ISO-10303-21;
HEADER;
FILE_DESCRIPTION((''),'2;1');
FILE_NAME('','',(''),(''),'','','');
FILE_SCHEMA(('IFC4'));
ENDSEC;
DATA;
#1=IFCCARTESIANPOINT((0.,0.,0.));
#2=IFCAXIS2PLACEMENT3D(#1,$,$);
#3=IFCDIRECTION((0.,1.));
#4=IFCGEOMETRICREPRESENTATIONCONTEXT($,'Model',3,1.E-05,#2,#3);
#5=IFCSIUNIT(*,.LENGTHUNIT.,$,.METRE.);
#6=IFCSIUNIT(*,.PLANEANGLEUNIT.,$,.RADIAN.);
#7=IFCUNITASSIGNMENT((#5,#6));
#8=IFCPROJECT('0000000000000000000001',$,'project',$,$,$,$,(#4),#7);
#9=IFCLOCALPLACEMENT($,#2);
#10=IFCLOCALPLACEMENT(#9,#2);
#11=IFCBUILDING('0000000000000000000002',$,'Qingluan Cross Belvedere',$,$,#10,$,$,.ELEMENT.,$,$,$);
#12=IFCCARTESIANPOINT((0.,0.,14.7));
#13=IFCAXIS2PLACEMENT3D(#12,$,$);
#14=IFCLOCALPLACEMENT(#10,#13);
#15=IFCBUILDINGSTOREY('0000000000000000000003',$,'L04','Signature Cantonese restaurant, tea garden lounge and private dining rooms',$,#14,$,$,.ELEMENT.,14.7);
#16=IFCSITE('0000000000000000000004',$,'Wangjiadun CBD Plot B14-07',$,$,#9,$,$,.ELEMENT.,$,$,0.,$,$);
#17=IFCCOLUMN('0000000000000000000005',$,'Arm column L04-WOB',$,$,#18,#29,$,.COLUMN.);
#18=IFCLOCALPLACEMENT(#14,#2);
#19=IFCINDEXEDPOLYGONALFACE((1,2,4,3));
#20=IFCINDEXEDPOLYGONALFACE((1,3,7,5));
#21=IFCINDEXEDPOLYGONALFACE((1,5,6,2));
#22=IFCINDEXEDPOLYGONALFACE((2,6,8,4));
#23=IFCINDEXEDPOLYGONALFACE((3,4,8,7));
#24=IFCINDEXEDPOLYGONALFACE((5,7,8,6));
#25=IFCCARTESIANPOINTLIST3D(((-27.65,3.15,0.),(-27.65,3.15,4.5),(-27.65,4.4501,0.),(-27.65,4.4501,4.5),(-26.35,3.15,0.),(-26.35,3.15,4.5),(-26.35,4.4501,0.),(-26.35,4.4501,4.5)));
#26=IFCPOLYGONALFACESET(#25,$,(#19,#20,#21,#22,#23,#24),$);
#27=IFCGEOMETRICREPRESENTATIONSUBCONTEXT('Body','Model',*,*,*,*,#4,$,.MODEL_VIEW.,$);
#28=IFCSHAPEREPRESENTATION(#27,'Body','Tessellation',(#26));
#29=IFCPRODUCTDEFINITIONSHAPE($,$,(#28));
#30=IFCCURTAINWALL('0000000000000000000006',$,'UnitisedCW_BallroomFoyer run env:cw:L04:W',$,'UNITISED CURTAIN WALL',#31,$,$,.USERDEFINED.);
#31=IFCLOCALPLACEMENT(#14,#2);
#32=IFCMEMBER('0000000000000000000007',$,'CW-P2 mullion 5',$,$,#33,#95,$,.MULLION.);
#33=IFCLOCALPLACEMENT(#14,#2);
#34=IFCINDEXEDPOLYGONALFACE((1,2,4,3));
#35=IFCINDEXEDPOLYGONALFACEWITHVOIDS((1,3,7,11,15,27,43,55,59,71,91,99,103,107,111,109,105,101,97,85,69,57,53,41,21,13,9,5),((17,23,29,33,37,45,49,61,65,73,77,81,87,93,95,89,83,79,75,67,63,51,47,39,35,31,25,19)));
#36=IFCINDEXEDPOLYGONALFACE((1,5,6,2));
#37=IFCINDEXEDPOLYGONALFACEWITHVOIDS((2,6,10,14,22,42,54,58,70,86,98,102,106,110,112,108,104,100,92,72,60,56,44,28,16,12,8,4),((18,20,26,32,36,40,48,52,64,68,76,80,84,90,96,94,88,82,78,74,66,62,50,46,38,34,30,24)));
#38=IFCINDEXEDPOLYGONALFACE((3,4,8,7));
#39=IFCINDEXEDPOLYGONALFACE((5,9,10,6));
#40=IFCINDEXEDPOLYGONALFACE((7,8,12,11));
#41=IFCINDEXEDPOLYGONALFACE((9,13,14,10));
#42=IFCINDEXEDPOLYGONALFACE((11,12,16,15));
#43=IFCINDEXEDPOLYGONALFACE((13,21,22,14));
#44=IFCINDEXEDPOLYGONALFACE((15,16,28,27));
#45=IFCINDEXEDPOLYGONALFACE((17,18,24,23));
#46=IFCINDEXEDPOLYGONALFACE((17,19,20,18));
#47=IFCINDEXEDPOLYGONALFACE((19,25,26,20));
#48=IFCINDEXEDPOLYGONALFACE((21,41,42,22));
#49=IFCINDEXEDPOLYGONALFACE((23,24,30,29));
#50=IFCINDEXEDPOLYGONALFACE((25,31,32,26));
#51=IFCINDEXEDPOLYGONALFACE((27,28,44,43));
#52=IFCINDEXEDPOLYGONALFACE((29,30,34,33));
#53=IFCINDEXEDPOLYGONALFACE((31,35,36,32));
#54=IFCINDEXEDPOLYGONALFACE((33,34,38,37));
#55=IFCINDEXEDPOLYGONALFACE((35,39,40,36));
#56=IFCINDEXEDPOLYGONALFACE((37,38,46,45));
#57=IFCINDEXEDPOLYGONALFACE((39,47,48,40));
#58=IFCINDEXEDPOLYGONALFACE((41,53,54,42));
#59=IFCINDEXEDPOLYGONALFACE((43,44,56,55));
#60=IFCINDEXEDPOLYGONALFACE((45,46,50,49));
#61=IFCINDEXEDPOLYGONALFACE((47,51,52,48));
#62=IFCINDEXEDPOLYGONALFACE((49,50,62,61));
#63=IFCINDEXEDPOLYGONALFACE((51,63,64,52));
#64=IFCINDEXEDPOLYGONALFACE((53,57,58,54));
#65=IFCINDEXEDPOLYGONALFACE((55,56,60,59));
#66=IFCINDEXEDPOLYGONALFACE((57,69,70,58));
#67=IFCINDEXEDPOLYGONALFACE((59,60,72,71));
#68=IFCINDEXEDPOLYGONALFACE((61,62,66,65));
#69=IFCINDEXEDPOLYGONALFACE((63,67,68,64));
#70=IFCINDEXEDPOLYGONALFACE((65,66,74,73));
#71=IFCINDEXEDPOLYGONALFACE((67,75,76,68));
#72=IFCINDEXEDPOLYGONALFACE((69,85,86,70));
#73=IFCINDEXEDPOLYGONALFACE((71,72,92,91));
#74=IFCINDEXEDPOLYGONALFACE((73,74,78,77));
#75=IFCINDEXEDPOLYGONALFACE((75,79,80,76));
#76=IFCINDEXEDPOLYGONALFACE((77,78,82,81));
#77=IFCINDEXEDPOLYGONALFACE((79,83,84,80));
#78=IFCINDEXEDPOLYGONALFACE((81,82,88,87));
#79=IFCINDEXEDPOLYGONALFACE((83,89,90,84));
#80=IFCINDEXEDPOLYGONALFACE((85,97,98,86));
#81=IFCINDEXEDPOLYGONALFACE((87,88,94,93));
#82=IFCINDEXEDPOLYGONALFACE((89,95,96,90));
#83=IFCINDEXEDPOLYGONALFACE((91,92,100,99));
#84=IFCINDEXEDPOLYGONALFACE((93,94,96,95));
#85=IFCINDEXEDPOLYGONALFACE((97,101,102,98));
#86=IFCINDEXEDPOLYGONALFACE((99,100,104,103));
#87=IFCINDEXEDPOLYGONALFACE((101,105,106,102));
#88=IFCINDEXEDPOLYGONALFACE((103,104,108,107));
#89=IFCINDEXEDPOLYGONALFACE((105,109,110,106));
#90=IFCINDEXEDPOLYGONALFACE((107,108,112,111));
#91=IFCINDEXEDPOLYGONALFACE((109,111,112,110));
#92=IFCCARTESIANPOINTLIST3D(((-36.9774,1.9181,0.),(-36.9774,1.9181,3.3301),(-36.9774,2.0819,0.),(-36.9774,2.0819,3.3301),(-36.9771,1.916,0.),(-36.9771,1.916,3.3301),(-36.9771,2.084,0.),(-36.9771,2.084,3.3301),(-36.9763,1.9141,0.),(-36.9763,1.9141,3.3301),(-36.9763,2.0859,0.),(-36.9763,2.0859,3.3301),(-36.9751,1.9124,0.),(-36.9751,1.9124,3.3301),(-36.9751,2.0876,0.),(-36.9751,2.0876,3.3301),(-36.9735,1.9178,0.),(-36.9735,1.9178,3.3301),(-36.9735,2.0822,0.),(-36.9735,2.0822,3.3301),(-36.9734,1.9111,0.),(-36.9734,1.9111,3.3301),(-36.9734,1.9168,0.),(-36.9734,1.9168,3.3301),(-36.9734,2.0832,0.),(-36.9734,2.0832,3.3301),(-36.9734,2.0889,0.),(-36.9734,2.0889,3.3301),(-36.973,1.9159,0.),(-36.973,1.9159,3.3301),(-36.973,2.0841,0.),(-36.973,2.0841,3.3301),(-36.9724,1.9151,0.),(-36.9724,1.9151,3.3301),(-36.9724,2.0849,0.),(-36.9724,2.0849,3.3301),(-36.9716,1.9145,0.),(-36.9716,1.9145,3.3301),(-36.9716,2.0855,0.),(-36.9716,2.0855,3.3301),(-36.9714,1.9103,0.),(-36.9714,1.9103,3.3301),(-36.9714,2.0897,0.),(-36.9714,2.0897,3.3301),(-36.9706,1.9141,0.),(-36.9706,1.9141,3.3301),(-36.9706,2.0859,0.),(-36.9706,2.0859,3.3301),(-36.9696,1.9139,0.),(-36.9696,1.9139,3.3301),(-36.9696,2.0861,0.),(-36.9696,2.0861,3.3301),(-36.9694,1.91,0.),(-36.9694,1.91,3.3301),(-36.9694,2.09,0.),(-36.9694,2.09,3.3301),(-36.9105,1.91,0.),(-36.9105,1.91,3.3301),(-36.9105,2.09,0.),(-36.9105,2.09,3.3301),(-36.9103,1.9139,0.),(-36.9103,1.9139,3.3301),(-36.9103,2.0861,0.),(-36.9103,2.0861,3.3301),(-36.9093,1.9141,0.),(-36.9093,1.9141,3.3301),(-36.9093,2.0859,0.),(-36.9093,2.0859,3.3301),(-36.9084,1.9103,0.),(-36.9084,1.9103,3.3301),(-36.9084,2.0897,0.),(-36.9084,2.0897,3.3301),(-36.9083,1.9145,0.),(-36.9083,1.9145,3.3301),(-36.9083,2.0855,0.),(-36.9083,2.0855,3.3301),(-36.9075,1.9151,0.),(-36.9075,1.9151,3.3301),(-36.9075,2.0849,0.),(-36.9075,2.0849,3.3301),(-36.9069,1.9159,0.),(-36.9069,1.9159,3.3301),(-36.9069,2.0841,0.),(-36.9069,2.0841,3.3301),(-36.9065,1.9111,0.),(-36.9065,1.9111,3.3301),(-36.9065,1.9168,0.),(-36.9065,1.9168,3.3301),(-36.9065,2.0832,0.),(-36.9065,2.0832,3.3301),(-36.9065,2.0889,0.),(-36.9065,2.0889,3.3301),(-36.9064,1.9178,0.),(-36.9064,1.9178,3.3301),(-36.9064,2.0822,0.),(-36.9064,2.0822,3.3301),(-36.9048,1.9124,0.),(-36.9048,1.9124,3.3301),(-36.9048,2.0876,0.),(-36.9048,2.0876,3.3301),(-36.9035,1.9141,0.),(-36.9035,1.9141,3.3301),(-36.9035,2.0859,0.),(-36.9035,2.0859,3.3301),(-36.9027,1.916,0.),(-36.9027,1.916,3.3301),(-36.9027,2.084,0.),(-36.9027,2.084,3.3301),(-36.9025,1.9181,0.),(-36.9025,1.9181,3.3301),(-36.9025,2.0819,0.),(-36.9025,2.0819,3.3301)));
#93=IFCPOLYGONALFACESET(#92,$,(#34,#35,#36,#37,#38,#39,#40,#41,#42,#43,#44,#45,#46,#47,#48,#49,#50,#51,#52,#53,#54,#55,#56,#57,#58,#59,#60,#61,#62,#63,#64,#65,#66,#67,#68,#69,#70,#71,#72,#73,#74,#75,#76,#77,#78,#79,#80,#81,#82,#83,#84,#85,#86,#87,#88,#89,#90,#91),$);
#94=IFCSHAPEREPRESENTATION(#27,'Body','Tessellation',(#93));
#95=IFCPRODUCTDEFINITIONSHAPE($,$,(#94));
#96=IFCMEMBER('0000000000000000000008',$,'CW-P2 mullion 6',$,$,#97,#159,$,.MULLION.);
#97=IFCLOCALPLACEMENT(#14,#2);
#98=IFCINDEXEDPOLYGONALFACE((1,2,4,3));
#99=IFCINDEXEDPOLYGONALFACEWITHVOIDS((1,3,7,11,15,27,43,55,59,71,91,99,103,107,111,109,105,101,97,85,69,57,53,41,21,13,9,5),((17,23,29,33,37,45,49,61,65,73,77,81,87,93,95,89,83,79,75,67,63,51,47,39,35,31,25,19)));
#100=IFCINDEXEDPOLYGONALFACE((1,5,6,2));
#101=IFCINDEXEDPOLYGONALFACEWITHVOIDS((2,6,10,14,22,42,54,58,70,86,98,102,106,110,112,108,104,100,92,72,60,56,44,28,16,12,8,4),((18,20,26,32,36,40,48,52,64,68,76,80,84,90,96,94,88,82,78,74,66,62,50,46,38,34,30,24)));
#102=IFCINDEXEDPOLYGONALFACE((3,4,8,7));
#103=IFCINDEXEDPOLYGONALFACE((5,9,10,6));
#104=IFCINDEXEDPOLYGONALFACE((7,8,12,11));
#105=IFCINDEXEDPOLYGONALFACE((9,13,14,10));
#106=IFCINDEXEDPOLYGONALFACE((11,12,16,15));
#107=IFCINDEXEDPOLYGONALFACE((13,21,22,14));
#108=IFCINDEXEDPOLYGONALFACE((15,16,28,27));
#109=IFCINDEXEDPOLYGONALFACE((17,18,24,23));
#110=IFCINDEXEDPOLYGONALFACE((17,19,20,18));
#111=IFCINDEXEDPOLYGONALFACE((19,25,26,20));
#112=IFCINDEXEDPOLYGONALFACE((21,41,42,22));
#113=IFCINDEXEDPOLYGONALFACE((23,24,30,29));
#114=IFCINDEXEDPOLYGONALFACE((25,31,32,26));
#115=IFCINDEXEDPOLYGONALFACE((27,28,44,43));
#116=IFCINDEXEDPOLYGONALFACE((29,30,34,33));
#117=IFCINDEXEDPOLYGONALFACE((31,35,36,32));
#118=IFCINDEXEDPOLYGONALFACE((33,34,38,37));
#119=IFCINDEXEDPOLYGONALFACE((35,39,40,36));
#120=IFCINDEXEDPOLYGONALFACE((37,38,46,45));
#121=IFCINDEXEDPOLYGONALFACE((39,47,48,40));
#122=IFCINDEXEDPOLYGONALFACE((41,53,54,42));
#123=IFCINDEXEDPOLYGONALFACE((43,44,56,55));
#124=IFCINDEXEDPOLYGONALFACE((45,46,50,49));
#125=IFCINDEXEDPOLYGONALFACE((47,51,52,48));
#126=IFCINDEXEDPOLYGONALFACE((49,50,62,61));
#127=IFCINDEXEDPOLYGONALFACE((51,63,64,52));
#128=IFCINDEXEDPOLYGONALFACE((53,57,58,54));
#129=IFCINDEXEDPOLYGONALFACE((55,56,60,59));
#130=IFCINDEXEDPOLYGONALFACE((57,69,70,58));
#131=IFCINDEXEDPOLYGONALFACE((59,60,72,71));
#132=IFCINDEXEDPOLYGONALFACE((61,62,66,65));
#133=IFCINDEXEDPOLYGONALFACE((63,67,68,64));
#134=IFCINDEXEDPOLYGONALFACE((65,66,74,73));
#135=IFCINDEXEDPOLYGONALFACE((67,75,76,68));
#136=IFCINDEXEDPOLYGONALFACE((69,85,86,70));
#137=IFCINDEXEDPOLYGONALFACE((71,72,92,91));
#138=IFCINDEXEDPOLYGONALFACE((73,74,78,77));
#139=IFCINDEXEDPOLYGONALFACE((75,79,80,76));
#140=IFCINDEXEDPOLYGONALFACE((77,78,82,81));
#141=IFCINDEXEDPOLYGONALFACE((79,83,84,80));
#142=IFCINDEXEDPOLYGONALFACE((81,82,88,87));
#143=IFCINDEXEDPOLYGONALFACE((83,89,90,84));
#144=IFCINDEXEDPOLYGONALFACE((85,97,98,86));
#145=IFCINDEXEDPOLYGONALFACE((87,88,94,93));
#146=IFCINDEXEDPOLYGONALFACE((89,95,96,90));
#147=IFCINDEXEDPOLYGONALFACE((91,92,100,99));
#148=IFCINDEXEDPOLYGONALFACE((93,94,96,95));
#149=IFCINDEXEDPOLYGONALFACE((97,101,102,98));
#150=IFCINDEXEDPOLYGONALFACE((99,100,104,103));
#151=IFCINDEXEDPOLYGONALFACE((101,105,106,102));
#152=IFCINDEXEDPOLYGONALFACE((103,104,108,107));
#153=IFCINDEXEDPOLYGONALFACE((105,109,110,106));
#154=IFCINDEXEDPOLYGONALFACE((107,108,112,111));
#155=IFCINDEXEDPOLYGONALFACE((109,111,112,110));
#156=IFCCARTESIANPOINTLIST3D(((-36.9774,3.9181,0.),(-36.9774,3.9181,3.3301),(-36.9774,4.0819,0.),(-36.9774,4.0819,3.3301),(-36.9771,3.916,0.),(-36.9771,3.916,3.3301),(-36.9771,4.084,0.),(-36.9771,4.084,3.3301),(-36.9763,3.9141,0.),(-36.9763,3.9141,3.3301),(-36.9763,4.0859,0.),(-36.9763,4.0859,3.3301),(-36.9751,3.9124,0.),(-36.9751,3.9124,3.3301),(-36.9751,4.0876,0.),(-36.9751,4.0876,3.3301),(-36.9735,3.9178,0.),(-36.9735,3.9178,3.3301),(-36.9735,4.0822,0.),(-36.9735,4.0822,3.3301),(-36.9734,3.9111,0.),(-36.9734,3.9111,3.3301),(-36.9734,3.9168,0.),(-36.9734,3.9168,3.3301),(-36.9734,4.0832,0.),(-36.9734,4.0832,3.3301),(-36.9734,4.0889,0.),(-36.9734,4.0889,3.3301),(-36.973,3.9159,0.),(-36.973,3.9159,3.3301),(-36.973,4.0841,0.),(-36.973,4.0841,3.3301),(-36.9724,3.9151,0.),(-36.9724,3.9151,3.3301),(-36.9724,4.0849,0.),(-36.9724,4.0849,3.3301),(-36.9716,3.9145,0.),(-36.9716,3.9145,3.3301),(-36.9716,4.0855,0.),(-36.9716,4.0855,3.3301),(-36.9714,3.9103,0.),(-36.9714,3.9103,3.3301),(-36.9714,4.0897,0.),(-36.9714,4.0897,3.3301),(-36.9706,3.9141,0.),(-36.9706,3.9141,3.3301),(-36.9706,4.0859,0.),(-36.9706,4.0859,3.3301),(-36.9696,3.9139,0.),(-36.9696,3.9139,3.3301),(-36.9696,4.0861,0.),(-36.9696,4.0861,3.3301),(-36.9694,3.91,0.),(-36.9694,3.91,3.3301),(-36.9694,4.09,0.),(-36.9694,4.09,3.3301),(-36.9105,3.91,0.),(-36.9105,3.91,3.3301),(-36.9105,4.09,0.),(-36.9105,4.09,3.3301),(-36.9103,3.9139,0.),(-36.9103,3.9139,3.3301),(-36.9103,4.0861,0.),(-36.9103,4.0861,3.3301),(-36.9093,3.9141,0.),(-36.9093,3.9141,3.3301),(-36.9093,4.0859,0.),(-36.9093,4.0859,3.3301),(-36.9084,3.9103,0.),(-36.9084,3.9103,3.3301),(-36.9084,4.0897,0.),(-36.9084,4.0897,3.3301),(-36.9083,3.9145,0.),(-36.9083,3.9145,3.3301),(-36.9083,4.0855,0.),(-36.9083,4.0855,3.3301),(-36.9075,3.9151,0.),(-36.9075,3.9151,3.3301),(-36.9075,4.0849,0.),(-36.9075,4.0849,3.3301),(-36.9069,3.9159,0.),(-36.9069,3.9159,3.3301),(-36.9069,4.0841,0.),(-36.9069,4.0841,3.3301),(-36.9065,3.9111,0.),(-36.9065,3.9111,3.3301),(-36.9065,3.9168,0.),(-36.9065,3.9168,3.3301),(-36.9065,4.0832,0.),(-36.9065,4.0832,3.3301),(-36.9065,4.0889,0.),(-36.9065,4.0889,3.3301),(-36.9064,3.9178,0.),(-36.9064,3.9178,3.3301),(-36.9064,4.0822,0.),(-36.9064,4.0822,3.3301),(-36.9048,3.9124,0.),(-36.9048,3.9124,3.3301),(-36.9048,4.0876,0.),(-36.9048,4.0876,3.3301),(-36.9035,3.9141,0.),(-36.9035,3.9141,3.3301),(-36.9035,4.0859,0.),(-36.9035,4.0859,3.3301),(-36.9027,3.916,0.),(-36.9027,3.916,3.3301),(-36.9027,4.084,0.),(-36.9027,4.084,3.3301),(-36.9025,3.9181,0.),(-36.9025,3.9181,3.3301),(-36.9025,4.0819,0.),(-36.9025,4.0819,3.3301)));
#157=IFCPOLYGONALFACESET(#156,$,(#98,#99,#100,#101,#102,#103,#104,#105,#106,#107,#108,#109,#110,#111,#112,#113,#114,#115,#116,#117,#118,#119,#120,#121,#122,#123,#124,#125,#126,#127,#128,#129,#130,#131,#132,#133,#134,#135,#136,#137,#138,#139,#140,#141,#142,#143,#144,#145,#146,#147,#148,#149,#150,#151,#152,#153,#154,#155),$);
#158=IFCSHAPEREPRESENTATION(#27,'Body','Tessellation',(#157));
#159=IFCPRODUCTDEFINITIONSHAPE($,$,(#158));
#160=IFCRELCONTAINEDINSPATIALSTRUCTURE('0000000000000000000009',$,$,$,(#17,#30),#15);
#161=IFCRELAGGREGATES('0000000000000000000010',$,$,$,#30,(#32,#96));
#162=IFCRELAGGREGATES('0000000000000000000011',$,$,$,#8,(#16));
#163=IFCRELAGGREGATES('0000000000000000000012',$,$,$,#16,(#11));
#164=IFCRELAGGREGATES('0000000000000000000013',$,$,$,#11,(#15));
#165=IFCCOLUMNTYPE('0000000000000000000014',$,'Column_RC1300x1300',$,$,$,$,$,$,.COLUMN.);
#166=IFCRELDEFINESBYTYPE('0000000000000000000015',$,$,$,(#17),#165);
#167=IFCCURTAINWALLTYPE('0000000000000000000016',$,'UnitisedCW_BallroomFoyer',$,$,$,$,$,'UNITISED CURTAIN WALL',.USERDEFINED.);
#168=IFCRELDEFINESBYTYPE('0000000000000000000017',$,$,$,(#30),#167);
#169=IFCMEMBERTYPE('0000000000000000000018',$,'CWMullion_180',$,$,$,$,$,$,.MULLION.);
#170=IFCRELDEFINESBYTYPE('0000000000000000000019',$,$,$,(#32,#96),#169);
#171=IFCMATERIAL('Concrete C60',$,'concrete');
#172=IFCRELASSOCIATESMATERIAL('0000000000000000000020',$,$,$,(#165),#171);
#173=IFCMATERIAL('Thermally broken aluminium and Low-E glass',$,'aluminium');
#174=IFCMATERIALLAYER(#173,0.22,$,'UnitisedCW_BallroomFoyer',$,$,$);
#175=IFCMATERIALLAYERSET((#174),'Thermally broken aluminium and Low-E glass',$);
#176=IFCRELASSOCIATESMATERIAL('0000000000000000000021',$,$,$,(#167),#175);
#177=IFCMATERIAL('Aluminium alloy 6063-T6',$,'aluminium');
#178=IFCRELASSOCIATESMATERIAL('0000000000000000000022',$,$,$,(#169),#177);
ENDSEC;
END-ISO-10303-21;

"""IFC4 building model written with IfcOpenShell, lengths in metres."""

from ifc_helpers import new_model, si_unit, direction, frame, origin, origin_2d, place, context, subcontext, project, spatial, rectangle, hollow_rectangle, extrude, material, layer, layer_set, material_profile, profile_set, type_object, element, aggregate, save


model = new_model("IFC4")

# Units and contexts
model_context = context("Model", 3, precision=1e-05, world=origin(), true_north=direction((0.0, 1.0)))
body_context = subcontext(model_context, "Body", "Model", "MODEL_VIEW")
ifc_project = project(units=[si_unit("LENGTHUNIT", "METRE"), si_unit("PLANEANGLEUNIT", "RADIAN")], contexts=[model_context])

# Site, building, storey
site_placement = place(None, origin())
site = spatial("IfcSite", under=ifc_project, at=site_placement, Name="Wangjiadun CBD Plot B14-07", CompositionType="ELEMENT", RefElevation=0.0)
building_placement = place(site_placement, origin())
building = spatial("IfcBuilding", under=site, at=building_placement, Name="Qingluan Cross Belvedere", CompositionType="ELEMENT")
storey_placement = place(building_placement, frame((0.0, 0.0, 14.7)))
storey = spatial("IfcBuildingStorey", under=building, at=storey_placement, Name="L04", Description="Signature Cantonese restaurant, tea garden lounge and private dining rooms", CompositionType="ELEMENT", Elevation=14.7)

# Column
ifc_material_1 = material(Name="Concrete C60", Category="concrete")
ifc_material_profile_1 = material_profile(ifc_material_1, rectangle(XDim=1.3, YDim=1.3, at=origin_2d()), Name="RC1300x1300")
ifc_profile_set_1 = profile_set([ifc_material_profile_1], Name="Concrete C60")
column_type = type_object("IfcColumnType", Name="Column_RC1300x1300", PredefinedType="COLUMN", material=ifc_profile_set_1)
column_placement = place(storey_placement, frame((-27.0, 3.8, 0.0), z_axis=(0.0, 0.0, 1.0), x_axis=(1.0, 0.0, 0.0)))
element("IfcColumn", 1, at=column_placement, inside=storey, type_object=column_type, Name="Arm column L04-WOB", PredefinedType="COLUMN", context=body_context, shape_type="SweptSolid", body=[
    extrude(rectangle(XDim=1.3, YDim=1.3, at=origin_2d()), origin(), (0.0, 0.0, 1.0), 4.5),
])

# Curtain wall, members
ifc_material_2 = material(Name="Thermally broken aluminium and Low-E glass", Category="aluminium")
ifc_layer_1 = layer(ifc_material_2, 0.22, Name="UnitisedCW_BallroomFoyer")
ifc_layer_set_1 = layer_set([ifc_layer_1], Name="Thermally broken aluminium and Low-E glass")
curtain_wall_type = type_object("IfcCurtainWallType", Name="UnitisedCW_BallroomFoyer", ElementType="UNITISED CURTAIN WALL", PredefinedType="USERDEFINED", material=ifc_layer_set_1)
curtain_wall_placement = place(storey_placement, origin())
curtain_wall = element("IfcCurtainWall", 2, at=curtain_wall_placement, inside=storey, type_object=curtain_wall_type, Name="UnitisedCW_BallroomFoyer run env:cw:L04:W", ObjectType="UNITISED CURTAIN WALL", PredefinedType="USERDEFINED")
ifc_material_3 = material(Name="Aluminium alloy 6063-T6", Category="aluminium")
ifc_material_profile_2 = material_profile(ifc_material_3, hollow_rectangle(XDim=0.075, YDim=0.1799, WallThickness=0.0039, InnerFilletRadius=0.0039, OuterFilletRadius=0.0081, at=origin_2d()), Name="CWM180x75x4")
ifc_profile_set_2 = profile_set([ifc_material_profile_2], Name="Aluminium alloy 6063-T6")
member_type_1 = type_object("IfcMemberType", Name="CWMullion_180", PredefinedType="MULLION", material=ifc_profile_set_2)
member_1_placement = place(storey_placement, frame((-36.9399, 2.0, 0.0), z_axis=(0.0, 0.0, 1.0), x_axis=(-1.0, 0.0, 0.0)))
member_1 = element("IfcMember", 3, at=member_1_placement, type_object=member_type_1, Name="CW-P2 mullion 5", PredefinedType="MULLION", context=body_context, shape_type="SweptSolid", body=[
    extrude(hollow_rectangle(XDim=0.075, YDim=0.1799, WallThickness=0.0039, InnerFilletRadius=0.0039, OuterFilletRadius=0.0081, at=origin_2d()), origin(), (0.0, 0.0, 1.0), 3.3301),
])
member_2_placement = place(storey_placement, frame((-36.9399, 4.0, 0.0), z_axis=(0.0, 0.0, 1.0), x_axis=(-1.0, 0.0, 0.0)))
member_2 = element("IfcMember", 4, at=member_2_placement, type_object=member_type_1, Name="CW-P2 mullion 6", PredefinedType="MULLION", context=body_context, shape_type="SweptSolid", body=[
    extrude(hollow_rectangle(XDim=0.075, YDim=0.1799, WallThickness=0.0039, InnerFilletRadius=0.0039, OuterFilletRadius=0.0081, at=origin_2d()), origin(), (0.0, 0.0, 1.0), 3.3301),
])
aggregate(curtain_wall, [member_1, member_2])

save(model, "model.ifc")
